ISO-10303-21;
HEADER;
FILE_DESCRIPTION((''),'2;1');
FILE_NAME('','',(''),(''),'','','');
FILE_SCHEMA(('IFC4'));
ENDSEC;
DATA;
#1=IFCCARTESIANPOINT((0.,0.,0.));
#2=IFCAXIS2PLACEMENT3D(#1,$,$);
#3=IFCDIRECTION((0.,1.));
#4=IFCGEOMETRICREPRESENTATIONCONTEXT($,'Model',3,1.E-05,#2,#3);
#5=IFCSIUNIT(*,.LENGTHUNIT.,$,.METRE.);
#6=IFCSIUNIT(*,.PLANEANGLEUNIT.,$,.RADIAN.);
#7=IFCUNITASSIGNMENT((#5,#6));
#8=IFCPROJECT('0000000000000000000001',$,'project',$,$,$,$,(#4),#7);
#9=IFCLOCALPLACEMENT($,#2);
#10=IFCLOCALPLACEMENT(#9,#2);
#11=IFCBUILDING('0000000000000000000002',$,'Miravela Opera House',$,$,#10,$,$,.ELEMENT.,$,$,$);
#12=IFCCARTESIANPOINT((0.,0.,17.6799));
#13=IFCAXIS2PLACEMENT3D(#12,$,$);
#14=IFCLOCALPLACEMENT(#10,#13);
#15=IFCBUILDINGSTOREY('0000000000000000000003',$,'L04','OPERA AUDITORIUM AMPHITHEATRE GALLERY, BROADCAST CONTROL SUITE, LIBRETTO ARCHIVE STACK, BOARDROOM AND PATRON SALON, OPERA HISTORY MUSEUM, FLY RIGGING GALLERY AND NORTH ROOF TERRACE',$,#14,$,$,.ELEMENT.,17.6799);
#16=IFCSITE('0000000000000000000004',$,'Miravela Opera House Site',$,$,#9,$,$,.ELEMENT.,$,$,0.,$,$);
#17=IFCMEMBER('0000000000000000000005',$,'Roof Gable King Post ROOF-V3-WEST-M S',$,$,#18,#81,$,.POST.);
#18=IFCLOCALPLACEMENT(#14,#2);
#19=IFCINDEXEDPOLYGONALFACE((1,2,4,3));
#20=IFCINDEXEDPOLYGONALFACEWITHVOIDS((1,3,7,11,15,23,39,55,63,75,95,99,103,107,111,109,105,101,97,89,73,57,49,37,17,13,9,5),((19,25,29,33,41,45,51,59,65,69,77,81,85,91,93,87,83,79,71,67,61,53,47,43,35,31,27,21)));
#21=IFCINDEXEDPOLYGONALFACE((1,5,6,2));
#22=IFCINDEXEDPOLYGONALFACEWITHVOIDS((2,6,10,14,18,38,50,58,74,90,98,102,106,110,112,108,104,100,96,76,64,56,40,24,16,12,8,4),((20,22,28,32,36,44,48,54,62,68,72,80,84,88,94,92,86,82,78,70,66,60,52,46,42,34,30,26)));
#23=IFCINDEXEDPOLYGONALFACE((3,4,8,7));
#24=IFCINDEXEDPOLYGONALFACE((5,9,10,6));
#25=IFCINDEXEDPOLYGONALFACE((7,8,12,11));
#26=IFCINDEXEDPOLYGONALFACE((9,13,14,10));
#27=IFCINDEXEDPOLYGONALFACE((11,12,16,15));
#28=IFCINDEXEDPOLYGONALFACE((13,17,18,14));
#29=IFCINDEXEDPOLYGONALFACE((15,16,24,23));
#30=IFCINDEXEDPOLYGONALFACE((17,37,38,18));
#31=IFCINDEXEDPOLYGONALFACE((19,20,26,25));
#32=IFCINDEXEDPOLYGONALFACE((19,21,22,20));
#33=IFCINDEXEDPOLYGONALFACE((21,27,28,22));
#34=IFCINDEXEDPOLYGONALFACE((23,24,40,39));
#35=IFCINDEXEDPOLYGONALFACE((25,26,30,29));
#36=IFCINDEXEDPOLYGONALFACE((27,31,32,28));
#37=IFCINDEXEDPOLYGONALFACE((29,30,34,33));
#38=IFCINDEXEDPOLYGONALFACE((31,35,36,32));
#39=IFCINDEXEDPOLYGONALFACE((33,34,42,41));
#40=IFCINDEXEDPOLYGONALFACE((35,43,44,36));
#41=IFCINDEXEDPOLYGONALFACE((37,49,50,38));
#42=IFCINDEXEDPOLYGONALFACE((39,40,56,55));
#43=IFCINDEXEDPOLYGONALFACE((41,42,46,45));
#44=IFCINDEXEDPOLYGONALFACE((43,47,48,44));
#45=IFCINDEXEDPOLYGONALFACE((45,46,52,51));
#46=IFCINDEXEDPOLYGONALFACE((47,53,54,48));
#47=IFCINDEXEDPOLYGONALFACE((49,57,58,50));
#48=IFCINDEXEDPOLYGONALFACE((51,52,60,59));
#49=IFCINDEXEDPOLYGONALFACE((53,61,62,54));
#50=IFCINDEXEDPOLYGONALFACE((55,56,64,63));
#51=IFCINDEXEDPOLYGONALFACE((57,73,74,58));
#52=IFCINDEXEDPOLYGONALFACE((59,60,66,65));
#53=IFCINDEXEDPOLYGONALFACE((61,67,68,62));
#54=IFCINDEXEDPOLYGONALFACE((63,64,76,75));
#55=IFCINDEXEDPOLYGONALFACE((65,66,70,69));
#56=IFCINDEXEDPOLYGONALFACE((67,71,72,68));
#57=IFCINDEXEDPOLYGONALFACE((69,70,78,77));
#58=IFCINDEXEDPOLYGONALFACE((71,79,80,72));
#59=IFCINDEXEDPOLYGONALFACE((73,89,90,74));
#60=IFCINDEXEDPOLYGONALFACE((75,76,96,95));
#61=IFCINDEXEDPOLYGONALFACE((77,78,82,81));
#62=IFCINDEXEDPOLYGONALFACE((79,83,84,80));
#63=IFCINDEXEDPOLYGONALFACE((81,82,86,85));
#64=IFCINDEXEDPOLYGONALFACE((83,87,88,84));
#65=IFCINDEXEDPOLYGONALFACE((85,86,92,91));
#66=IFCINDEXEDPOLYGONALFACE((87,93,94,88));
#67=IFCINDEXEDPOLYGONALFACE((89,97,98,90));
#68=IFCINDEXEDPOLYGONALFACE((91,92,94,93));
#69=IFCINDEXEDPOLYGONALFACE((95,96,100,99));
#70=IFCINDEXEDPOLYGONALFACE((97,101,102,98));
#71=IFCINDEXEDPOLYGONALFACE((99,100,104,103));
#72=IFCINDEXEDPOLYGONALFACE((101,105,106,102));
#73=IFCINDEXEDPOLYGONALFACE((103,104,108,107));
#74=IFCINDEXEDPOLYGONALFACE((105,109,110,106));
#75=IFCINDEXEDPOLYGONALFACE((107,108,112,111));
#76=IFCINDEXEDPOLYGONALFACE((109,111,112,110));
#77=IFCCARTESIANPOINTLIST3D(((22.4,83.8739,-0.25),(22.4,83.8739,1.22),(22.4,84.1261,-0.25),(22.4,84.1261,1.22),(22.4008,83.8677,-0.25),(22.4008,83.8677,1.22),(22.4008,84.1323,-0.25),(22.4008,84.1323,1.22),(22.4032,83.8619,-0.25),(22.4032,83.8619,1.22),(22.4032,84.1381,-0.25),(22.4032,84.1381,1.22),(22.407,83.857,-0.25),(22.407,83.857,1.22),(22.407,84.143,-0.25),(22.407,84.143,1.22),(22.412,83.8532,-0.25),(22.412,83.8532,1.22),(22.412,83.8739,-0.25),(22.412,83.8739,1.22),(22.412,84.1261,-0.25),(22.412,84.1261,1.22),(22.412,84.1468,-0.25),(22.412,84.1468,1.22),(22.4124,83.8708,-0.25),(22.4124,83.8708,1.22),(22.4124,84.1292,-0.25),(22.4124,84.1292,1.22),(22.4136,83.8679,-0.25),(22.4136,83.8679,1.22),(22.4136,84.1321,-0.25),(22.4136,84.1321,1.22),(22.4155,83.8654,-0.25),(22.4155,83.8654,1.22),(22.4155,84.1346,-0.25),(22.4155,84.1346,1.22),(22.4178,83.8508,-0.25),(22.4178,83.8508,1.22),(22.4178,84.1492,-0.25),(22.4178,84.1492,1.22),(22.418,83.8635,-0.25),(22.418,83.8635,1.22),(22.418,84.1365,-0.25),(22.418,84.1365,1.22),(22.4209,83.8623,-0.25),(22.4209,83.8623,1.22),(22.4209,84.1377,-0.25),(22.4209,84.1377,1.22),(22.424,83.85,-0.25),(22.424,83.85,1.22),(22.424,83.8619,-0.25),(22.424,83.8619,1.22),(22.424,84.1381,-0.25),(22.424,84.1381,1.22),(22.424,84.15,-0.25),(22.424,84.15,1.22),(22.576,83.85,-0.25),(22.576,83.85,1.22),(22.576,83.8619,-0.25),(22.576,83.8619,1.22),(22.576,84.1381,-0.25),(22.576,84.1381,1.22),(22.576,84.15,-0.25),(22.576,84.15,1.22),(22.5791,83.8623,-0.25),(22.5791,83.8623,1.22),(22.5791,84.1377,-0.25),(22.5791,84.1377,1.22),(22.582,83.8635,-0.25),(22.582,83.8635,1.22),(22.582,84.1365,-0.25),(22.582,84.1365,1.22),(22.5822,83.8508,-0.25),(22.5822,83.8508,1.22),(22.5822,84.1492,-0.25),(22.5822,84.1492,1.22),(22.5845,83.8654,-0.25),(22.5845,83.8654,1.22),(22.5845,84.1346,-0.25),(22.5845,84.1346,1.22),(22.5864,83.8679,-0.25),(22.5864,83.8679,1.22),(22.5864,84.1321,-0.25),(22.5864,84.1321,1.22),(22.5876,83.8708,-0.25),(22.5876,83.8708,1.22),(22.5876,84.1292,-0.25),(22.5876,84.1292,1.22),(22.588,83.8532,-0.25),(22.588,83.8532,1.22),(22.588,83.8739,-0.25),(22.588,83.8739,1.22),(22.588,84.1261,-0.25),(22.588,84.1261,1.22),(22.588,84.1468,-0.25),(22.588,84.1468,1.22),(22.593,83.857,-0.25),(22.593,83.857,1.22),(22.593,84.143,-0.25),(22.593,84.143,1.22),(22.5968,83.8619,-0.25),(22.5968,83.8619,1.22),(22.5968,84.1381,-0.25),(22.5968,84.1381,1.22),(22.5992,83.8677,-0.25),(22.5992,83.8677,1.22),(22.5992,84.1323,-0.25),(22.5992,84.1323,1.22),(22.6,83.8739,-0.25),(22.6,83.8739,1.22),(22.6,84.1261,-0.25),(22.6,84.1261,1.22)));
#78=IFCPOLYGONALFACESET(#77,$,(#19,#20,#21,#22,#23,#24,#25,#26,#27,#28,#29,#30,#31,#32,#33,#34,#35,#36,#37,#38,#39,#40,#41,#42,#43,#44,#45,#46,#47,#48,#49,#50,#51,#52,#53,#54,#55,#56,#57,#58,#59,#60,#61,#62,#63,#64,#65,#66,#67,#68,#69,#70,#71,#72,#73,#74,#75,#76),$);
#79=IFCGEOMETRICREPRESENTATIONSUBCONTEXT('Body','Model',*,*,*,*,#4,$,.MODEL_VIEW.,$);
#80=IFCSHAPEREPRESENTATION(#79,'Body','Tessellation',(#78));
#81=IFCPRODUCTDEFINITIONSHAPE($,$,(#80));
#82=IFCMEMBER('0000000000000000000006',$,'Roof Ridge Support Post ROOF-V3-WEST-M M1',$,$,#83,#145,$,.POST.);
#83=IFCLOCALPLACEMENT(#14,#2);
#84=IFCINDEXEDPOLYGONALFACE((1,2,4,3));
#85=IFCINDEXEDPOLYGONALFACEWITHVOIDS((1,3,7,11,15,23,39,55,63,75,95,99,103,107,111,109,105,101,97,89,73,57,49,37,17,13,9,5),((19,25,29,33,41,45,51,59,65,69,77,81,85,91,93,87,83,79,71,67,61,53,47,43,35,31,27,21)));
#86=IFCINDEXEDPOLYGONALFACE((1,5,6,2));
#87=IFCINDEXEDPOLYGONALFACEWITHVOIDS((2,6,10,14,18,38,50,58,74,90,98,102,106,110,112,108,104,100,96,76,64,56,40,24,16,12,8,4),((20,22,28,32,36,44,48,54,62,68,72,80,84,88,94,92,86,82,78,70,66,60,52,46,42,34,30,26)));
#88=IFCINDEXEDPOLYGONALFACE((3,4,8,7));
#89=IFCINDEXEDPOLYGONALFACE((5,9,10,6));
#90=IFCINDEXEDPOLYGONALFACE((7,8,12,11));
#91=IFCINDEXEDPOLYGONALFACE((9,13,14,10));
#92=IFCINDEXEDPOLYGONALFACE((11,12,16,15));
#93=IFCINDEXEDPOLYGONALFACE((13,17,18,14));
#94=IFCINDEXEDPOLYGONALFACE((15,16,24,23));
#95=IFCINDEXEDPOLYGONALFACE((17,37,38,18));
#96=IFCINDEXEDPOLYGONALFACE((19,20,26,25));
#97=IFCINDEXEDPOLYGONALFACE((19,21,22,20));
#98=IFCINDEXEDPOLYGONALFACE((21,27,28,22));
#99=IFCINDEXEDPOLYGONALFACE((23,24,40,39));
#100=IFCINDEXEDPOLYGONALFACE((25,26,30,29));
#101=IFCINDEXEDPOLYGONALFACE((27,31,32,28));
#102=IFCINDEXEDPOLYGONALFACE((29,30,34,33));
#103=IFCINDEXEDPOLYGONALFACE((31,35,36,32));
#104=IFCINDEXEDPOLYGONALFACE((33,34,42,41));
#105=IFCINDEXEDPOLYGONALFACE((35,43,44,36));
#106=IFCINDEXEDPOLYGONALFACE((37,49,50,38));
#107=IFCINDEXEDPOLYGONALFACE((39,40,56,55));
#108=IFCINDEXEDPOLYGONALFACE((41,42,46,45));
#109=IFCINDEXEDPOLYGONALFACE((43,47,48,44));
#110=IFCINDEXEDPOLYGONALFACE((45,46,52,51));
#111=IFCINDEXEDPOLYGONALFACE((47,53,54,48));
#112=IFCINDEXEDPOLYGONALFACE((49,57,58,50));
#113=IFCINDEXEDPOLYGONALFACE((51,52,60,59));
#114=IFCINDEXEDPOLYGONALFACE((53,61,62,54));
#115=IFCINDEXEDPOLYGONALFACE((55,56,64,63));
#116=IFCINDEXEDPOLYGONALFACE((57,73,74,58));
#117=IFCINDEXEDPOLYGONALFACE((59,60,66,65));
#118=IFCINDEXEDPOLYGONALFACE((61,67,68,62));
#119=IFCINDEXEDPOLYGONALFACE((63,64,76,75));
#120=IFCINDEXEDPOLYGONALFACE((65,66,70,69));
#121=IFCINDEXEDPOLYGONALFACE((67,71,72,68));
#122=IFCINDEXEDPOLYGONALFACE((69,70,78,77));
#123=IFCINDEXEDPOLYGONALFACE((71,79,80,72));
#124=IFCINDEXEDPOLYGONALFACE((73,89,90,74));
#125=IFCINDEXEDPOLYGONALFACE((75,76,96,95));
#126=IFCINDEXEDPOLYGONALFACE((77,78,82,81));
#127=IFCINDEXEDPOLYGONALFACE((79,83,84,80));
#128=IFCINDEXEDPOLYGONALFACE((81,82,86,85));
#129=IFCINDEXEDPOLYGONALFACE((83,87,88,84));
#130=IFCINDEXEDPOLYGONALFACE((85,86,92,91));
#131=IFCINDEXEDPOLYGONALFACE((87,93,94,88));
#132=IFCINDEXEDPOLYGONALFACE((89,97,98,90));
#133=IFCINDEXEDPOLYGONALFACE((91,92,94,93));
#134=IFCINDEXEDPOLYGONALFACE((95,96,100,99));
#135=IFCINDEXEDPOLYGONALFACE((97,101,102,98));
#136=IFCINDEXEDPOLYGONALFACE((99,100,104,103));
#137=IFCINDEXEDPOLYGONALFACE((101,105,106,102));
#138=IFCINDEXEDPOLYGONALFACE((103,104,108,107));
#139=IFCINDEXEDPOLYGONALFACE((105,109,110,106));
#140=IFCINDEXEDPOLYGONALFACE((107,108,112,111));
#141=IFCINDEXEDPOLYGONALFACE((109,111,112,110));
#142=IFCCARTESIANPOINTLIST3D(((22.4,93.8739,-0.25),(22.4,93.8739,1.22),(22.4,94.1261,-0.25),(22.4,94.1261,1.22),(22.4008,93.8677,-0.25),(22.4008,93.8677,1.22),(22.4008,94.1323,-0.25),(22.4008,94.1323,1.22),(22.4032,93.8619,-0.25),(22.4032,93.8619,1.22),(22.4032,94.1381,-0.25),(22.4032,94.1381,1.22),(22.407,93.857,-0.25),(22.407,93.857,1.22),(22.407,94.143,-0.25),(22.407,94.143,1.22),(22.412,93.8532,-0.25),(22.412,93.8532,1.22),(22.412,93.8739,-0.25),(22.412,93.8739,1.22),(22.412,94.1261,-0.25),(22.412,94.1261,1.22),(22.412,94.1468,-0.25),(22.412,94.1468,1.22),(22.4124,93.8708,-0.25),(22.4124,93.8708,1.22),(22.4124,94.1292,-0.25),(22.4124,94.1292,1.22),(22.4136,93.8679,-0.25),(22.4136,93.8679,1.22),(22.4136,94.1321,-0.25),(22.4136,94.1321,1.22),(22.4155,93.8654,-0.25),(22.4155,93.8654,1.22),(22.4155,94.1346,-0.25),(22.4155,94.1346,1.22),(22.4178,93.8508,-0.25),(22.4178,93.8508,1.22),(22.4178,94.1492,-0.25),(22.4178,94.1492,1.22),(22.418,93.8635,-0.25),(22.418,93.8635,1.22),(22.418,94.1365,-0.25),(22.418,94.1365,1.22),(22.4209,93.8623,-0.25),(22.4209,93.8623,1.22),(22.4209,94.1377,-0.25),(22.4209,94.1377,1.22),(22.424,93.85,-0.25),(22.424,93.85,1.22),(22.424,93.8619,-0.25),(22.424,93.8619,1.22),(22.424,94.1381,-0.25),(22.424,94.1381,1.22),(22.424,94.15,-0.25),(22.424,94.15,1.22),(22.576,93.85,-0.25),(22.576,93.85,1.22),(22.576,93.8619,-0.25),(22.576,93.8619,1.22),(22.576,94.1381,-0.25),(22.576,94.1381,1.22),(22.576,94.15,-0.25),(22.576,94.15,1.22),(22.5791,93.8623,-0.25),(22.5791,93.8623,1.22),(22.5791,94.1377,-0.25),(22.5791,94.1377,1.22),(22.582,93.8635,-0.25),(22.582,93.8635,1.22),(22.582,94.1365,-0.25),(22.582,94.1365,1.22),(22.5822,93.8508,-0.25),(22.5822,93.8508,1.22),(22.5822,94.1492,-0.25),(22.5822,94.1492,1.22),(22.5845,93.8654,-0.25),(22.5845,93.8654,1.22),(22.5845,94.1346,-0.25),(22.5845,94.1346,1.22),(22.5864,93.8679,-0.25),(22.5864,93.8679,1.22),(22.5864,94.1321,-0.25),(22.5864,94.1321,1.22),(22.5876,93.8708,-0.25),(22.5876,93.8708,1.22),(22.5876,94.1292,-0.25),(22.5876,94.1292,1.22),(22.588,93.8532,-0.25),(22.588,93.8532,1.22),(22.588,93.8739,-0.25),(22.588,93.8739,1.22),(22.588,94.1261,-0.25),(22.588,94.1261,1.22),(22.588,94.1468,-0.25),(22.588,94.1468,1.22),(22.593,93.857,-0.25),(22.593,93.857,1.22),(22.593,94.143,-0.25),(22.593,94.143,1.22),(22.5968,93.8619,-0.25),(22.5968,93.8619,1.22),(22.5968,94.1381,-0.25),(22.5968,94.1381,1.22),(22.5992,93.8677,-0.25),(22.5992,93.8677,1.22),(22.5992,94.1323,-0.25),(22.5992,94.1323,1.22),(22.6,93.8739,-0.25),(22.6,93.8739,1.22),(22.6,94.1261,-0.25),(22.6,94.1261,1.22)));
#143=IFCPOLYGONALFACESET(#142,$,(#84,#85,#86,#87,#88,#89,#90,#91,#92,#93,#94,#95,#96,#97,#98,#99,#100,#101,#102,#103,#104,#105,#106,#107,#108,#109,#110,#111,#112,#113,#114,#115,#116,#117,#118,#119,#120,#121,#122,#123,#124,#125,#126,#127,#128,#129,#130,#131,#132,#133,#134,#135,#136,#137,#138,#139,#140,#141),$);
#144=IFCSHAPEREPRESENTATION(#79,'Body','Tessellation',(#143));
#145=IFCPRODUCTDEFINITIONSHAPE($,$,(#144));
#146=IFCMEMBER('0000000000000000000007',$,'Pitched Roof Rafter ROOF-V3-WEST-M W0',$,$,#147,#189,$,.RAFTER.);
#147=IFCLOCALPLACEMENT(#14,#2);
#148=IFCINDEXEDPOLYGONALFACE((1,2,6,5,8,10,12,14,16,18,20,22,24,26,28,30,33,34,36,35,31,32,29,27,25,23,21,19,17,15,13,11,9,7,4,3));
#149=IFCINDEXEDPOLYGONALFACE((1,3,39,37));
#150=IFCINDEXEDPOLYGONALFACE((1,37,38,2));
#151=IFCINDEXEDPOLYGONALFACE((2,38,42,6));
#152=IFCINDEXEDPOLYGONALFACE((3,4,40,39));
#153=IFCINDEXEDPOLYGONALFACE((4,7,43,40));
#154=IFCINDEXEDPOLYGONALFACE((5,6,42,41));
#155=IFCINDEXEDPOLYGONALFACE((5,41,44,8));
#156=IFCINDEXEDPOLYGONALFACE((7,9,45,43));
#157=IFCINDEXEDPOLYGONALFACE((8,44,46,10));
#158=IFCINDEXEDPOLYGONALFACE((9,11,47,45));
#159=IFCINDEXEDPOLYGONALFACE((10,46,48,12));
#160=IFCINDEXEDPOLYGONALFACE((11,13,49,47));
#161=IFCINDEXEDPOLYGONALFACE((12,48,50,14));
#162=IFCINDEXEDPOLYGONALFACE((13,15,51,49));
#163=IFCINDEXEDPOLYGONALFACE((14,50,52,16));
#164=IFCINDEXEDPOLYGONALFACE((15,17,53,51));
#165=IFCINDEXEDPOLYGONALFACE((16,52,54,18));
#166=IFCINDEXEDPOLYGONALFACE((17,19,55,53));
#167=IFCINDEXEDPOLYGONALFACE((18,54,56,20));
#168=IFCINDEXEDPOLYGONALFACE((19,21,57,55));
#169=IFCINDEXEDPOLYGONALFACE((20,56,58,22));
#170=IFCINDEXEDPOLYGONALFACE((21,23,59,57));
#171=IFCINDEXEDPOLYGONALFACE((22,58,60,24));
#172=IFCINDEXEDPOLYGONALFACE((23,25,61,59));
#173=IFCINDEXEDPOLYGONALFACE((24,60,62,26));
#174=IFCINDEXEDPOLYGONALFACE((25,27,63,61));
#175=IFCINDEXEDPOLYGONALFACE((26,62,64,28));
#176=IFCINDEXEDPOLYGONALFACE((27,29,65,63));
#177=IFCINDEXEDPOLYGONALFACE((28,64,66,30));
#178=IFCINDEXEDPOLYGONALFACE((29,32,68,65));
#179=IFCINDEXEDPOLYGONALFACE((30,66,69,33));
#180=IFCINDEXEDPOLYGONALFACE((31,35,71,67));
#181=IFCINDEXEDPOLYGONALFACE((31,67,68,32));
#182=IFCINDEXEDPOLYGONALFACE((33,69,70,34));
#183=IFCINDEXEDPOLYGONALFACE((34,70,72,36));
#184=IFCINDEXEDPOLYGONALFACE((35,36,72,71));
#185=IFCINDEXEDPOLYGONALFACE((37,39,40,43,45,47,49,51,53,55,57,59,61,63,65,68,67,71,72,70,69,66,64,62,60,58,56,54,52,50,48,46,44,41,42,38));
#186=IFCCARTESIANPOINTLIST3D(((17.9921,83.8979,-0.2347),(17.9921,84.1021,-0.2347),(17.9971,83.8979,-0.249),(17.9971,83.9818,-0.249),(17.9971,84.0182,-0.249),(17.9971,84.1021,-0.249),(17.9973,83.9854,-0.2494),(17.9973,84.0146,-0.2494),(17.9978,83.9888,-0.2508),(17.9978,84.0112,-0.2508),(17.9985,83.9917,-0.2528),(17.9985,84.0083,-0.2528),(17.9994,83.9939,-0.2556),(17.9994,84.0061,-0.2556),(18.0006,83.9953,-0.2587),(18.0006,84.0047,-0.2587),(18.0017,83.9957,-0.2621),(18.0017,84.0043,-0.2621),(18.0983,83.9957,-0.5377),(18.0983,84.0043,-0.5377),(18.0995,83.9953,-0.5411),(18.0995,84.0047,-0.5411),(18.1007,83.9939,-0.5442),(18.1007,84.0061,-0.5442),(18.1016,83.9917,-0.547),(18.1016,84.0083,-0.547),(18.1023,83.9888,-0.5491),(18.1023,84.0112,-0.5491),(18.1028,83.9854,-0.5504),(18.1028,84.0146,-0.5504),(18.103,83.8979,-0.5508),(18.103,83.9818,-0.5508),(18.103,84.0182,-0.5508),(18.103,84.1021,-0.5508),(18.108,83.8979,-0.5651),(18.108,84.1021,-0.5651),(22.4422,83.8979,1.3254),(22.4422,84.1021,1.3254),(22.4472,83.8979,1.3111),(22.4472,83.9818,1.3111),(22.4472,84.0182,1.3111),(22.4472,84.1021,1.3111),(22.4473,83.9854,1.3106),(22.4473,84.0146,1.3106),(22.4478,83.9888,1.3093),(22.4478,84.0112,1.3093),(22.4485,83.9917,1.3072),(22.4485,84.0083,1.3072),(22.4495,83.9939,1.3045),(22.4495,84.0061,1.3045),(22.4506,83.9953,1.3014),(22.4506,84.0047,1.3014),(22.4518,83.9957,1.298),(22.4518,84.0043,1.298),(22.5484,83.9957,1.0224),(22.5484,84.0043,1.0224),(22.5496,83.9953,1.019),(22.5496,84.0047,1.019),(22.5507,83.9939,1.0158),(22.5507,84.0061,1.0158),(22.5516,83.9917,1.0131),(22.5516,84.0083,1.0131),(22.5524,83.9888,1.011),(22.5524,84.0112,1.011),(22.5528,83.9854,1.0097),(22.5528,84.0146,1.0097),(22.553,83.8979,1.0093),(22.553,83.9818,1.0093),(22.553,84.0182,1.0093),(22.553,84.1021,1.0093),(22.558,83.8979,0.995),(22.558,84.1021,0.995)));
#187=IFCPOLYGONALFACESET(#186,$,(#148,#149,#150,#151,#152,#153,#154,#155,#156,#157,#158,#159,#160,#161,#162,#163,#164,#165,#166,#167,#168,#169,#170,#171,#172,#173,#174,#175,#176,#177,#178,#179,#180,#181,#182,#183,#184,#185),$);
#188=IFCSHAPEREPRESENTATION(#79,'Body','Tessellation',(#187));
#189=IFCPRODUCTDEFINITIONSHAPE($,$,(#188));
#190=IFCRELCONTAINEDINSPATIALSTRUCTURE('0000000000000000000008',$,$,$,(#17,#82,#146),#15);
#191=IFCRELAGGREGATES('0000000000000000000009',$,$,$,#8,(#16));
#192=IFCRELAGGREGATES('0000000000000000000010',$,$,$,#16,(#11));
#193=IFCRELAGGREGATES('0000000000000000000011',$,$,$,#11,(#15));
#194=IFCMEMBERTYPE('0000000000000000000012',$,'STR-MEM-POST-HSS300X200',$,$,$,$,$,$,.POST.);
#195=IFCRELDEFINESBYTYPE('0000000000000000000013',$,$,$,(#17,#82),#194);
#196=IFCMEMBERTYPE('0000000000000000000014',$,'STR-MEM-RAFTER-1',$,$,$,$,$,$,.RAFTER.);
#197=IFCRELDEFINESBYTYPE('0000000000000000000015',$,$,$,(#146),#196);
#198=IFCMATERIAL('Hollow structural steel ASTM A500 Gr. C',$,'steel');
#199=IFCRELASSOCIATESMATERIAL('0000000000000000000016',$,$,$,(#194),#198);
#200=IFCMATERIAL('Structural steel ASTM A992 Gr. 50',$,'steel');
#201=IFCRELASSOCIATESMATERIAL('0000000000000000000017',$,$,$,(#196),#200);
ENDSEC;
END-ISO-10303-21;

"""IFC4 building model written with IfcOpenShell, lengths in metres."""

from ifc_helpers import new_model, si_unit, direction, frame, origin, origin_2d, place, context, subcontext, project, spatial, hollow_rectangle, i_section, extrude, material, material_profile, profile_set, type_object, element, save


model = new_model("IFC4")

# Units and contexts
model_context = context("Model", 3, precision=1e-05, world=origin(), true_north=direction((0.0, 1.0)))
body_context = subcontext(model_context, "Body", "Model", "MODEL_VIEW")
ifc_project = project(units=[si_unit("LENGTHUNIT", "METRE"), si_unit("PLANEANGLEUNIT", "RADIAN")], contexts=[model_context])

# Site, building, storey
site_placement = place(None, origin())
site = spatial("IfcSite", under=ifc_project, at=site_placement, Name="Miravela Opera House Site", CompositionType="ELEMENT", RefElevation=0.0)
building_placement = place(site_placement, origin())
building = spatial("IfcBuilding", under=site, at=building_placement, Name="Miravela Opera House", CompositionType="ELEMENT")
storey_placement = place(building_placement, frame((0.0, 0.0, 17.6799)))
storey = spatial("IfcBuildingStorey", under=building, at=storey_placement, Name="L04", Description="OPERA AUDITORIUM AMPHITHEATRE GALLERY, BROADCAST CONTROL SUITE, LIBRETTO ARCHIVE STACK, BOARDROOM AND PATRON SALON, OPERA HISTORY MUSEUM, FLY RIGGING GALLERY AND NORTH ROOF TERRACE", CompositionType="ELEMENT", Elevation=17.6799)

# Shared definitions
ifc_material_1 = material(Name="Structural steel ASTM A992 Gr. 50", Category="steel")

# Members
ifc_material_2 = material(Name="Hollow structural steel ASTM A500 Gr. C", Category="steel")
ifc_material_profile_1 = material_profile(ifc_material_2, hollow_rectangle(XDim=0.2, YDim=0.3, WallThickness=0.012, InnerFilletRadius=0.012, OuterFilletRadius=0.0239, at=origin_2d()), Name="HSS300X200X12")
ifc_profile_set_1 = profile_set([ifc_material_profile_1])
member_type_1 = type_object("IfcMemberType", Name="STR-MEM-POST-HSS300X200", PredefinedType="POST", material=ifc_profile_set_1)
for number, where, z_axis, x_axis, name in (
    (1, (22.5, 84.0, -0.25), (0.0, 0.0, 1.0), (1.0, 0.0, 0.0), "Roof Gable King Post ROOF-V3-WEST-M S"),
    (2, (22.5, 94.0, -0.25), (0.0, 0.0, 1.0), (1.0, 0.0, 0.0), "Roof Ridge Support Post ROOF-V3-WEST-M M1"),
):
    element("IfcMember", number, at=place(storey_placement, frame(where, z_axis=z_axis, x_axis=x_axis)), inside=storey, type_object=member_type_1, Name=name, PredefinedType="POST", context=body_context, shape_type="SweptSolid", body=[
        extrude(hollow_rectangle(XDim=0.2, YDim=0.3, WallThickness=0.012, InnerFilletRadius=0.012, OuterFilletRadius=0.0239, at=origin_2d()), origin(), (0.0, 0.0, 1.0), 1.47),
    ])
ifc_material_profile_2 = material_profile(ifc_material_1, i_section(OverallWidth=0.2041, OverallDepth=0.3501, WebThickness=0.0085, FlangeThickness=0.0151, FilletRadius=0.0139, at=origin_2d()), Name="W360X72")
ifc_profile_set_2 = profile_set([ifc_material_profile_2])
member_type_2 = type_object("IfcMemberType", Name="STR-MEM-RAFTER-1", PredefinedType="RAFTER", material=ifc_profile_set_2)
for number, where, z_axis, x_axis, name in (
    (3, (18.05, 84.0, -0.3999), (0.943688, 0.0, 0.330837), (0.0, 1.0, 0.0), "Pitched Roof Rafter ROOF-V3-WEST-M W0"),
):
    element("IfcMember", number, at=place(storey_placement, frame(where, z_axis=z_axis, x_axis=x_axis)), inside=storey, type_object=member_type_2, Name=name, PredefinedType="RAFTER", context=body_context, shape_type="SweptSolid", body=[
        extrude(i_section(OverallWidth=0.2041, OverallDepth=0.3501, WebThickness=0.0085, FlangeThickness=0.0151, FilletRadius=0.0139, at=origin_2d()), origin(), (0.0, 0.0, 1.0), 4.7156),
    ])

save(model, "model.ifc")
